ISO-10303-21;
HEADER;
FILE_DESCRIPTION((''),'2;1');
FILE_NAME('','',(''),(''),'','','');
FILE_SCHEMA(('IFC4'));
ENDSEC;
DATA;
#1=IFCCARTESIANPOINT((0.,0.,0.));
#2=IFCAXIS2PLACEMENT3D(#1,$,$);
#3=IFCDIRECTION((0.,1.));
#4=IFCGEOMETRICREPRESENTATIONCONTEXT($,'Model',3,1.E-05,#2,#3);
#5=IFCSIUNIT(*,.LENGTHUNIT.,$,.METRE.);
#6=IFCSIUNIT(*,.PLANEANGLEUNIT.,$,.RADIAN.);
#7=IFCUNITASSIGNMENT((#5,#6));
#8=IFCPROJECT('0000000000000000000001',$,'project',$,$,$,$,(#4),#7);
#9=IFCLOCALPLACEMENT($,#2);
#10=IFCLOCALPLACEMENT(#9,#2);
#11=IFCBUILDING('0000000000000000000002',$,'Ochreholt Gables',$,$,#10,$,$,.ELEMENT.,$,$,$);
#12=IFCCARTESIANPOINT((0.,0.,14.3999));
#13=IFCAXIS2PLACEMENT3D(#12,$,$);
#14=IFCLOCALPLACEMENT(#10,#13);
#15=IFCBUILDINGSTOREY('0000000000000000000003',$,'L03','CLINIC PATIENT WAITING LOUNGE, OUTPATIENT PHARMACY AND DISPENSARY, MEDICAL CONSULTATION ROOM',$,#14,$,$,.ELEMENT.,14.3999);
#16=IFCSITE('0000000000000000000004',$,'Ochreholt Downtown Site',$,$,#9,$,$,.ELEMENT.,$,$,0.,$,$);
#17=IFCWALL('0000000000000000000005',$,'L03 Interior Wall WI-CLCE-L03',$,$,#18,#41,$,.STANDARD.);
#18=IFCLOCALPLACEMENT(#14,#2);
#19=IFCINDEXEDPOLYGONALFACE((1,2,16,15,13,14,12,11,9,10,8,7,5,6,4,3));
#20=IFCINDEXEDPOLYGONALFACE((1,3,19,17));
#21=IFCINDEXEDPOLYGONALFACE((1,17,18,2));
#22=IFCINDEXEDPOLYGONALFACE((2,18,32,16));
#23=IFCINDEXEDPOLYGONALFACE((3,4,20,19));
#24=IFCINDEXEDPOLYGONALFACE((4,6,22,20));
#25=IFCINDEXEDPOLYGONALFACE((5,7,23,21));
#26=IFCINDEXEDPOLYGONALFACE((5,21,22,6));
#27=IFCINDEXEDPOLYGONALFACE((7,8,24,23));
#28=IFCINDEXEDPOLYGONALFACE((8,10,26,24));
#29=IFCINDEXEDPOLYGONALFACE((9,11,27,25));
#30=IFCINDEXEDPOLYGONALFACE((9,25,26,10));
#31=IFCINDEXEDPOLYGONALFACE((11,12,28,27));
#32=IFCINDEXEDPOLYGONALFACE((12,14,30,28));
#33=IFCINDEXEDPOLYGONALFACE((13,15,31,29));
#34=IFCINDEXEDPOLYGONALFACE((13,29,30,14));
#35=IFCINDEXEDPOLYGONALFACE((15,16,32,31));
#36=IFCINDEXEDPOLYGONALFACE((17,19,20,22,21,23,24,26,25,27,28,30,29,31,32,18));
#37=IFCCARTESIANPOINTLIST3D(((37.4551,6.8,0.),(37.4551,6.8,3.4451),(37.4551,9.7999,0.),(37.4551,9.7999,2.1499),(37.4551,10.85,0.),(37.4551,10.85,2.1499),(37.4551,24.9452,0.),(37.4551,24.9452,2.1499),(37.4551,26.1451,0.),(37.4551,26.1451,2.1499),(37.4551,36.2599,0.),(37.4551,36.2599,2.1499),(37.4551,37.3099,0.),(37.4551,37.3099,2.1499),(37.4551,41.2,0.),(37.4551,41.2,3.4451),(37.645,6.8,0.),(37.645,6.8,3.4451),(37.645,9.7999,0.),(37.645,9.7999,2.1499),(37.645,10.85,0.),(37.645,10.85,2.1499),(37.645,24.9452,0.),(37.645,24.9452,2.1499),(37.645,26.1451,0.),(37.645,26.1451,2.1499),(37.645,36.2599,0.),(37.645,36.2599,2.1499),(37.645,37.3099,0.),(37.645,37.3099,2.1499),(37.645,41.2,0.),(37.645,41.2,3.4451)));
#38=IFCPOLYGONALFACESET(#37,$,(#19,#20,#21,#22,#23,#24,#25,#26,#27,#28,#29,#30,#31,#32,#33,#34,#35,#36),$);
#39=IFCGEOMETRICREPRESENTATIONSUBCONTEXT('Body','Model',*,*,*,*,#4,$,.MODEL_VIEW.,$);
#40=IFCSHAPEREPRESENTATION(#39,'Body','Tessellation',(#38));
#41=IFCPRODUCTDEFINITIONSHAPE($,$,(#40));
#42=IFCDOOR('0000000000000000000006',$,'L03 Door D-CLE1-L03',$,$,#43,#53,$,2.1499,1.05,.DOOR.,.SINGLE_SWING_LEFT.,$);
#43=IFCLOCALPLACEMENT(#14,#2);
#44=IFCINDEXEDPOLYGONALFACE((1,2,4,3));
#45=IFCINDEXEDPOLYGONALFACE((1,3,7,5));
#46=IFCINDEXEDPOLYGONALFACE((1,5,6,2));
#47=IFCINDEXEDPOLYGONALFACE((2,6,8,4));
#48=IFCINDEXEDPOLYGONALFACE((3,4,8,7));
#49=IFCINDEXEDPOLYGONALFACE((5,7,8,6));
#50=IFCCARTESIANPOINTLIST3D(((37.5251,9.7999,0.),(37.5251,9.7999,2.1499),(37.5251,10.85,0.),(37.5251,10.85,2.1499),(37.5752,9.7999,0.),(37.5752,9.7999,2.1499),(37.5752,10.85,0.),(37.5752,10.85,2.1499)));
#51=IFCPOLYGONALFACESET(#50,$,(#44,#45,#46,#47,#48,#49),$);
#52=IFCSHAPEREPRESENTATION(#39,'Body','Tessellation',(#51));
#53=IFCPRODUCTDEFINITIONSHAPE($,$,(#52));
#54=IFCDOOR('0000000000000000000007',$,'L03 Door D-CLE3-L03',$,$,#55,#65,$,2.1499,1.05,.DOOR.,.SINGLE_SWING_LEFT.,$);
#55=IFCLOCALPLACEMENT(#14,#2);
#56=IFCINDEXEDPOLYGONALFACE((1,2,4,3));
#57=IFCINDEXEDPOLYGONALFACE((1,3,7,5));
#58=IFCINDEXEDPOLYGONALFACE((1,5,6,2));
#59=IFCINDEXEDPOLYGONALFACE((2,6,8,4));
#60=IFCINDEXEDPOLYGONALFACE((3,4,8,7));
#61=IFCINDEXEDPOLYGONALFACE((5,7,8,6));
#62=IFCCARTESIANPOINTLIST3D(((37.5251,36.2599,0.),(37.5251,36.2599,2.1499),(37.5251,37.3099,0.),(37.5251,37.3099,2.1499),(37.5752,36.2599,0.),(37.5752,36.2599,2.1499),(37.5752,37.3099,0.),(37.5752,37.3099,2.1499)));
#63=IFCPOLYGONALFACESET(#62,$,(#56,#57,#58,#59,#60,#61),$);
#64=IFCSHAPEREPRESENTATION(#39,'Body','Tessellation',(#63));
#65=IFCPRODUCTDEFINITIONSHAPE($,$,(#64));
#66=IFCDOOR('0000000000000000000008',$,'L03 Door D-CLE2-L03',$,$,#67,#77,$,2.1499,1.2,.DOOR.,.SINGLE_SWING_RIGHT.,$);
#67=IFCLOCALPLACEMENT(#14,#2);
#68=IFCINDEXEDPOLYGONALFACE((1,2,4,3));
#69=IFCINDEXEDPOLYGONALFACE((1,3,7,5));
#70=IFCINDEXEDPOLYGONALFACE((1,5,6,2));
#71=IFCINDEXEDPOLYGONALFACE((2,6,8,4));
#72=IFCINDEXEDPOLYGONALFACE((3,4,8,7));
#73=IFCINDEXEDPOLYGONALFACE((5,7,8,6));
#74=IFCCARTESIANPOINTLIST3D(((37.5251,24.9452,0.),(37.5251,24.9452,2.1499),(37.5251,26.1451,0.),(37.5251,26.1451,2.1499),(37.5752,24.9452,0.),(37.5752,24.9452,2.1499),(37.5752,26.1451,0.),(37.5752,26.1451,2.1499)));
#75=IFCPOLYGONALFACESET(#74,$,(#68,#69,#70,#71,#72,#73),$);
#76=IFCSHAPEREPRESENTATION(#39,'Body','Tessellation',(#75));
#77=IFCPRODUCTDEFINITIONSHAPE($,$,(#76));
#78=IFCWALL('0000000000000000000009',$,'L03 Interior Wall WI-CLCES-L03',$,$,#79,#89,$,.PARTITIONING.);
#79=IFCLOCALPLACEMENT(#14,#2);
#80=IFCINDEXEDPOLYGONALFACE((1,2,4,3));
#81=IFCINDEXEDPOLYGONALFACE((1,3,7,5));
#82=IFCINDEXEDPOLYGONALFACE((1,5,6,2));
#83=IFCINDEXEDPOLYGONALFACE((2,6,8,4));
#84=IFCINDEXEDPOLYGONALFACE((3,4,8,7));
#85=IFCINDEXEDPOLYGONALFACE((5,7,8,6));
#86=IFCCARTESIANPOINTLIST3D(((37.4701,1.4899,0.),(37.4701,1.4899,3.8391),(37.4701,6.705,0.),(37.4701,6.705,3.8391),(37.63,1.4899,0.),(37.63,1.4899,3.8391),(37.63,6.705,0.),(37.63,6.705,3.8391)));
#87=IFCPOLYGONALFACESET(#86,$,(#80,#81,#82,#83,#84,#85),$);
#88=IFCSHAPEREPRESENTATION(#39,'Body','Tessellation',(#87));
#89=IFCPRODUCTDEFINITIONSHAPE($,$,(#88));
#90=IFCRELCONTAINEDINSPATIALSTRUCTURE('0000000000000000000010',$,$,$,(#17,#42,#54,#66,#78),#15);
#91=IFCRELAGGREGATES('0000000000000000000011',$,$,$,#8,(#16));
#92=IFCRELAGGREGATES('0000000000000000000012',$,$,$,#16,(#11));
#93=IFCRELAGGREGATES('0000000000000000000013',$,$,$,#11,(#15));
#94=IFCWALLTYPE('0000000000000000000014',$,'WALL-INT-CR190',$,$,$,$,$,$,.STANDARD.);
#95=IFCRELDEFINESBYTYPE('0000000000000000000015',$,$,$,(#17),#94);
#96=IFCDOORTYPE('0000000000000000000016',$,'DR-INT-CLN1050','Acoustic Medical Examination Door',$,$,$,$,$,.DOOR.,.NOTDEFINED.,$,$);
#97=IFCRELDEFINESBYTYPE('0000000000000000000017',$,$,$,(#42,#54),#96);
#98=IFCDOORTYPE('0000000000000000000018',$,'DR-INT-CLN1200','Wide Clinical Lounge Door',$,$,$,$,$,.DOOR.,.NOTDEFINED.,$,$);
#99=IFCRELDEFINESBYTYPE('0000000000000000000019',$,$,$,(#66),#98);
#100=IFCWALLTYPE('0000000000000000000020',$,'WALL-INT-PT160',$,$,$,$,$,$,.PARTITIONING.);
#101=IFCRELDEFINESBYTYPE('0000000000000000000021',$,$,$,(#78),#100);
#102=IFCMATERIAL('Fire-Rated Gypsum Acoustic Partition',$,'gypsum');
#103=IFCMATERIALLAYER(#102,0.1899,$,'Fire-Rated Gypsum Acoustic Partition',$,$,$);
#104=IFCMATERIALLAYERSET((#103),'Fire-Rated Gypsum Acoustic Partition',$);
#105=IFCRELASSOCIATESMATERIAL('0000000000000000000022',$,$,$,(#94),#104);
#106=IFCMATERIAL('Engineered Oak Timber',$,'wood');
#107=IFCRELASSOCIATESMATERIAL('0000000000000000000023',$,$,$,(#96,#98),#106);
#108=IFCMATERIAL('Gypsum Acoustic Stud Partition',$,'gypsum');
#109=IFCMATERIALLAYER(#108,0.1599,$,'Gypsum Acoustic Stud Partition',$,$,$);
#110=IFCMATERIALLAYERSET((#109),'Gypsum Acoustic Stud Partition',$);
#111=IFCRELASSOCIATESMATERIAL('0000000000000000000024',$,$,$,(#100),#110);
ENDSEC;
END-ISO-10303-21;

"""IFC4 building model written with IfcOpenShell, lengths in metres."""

from ifc_helpers import new_model, si_unit, direction, frame, frame_2d, origin, place, context, subcontext, project, spatial, rectangle, extrude, material, layer, layer_set, type_object, element, fill, save


model = new_model("IFC4")

# Units and contexts
model_context = context("Model", 3, precision=1e-05, world=origin(), true_north=direction((0.0, 1.0)))
body_context = subcontext(model_context, "Body", "Model", "MODEL_VIEW")
ifc_project = project(units=[si_unit("LENGTHUNIT", "METRE"), si_unit("PLANEANGLEUNIT", "RADIAN")], contexts=[model_context])

# Site, building, storey
site_placement = place(None, origin())
site = spatial("IfcSite", under=ifc_project, at=site_placement, Name="Ochreholt Downtown Site", CompositionType="ELEMENT", RefElevation=0.0)
building_placement = place(site_placement, origin())
building = spatial("IfcBuilding", under=site, at=building_placement, Name="Ochreholt Gables", CompositionType="ELEMENT")
storey_placement = place(building_placement, frame((0.0, 0.0, 14.3999)))
storey = spatial("IfcBuildingStorey", under=building, at=storey_placement, Name="L03", Description="CLINIC PATIENT WAITING LOUNGE, OUTPATIENT PHARMACY AND DISPENSARY, MEDICAL CONSULTATION ROOM", CompositionType="ELEMENT", Elevation=14.3999)

# Wall, openings, doors
ifc_material_1 = material(Name="Fire-Rated Gypsum Acoustic Partition", Category="gypsum")
ifc_layer_1 = layer(ifc_material_1, 0.1899, Name="Fire-Rated Gypsum Acoustic Partition")
ifc_layer_set_1 = layer_set([ifc_layer_1], Name="Fire-Rated Gypsum Acoustic Partition")
wall_type_1 = type_object("IfcWallType", Name="WALL-INT-CR190", PredefinedType="STANDARD", material=ifc_layer_set_1)
wall_1_placement = place(storey_placement, frame((37.55, 6.8, 0.0), z_axis=(0.0, 0.0, 1.0), x_axis=(0.0, 1.0, 0.0)))
wall_1 = element("IfcWall", 1, at=wall_1_placement, inside=storey, type_object=wall_type_1, Name="L03 Interior Wall WI-CLCE-L03", PredefinedType="STANDARD", context=body_context, shape_type="SweptSolid", body=[
    extrude(rectangle(XDim=34.3999, YDim=0.1899, at=frame_2d((17.2, 0.0))), origin(), (0.0, 0.0, 1.0), 3.4451),
])
opening_1_placement = place(wall_1_placement, frame((3.0, 0.0, 0.0)))
opening_1 = element("IfcOpeningElement", 2, at=opening_1_placement, cuts=wall_1, PredefinedType="OPENING", context=body_context, shape_type="SweptSolid", body=[
    extrude(rectangle(XDim=1.05, YDim=2.1499, at=frame_2d((0.5249, 1.075))), frame((0.0, 0.105, 0.0), z_axis=(0.0, -1.0, 0.0), x_axis=(1.0, 0.0, 0.0)), (0.0, 0.0, 1.0), 0.21),
])
opening_2_placement = place(wall_1_placement, frame((18.145, 0.0, 0.0)))
opening_2 = element("IfcOpeningElement", 3, at=opening_2_placement, cuts=wall_1, PredefinedType="OPENING", context=body_context, shape_type="SweptSolid", body=[
    extrude(rectangle(XDim=1.2, YDim=2.1499, at=frame_2d((0.6001, 1.075))), frame((0.0, 0.105, 0.0), z_axis=(0.0, -1.0, 0.0), x_axis=(1.0, 0.0, 0.0)), (0.0, 0.0, 1.0), 0.21),
])
opening_3_placement = place(wall_1_placement, frame((29.46, 0.0, 0.0)))
opening_3 = element("IfcOpeningElement", 4, at=opening_3_placement, cuts=wall_1, PredefinedType="OPENING", context=body_context, shape_type="SweptSolid", body=[
    extrude(rectangle(XDim=1.05, YDim=2.1499, at=frame_2d((0.5249, 1.075))), frame((0.0, 0.105, 0.0), z_axis=(0.0, -1.0, 0.0), x_axis=(1.0, 0.0, 0.0)), (0.0, 0.0, 1.0), 0.21),
])
ifc_material_2 = material(Name="Engineered Oak Timber", Category="wood")
door_type_1 = type_object("IfcDoorType", Name="DR-INT-CLN1050", Description="Acoustic Medical Examination Door", OperationType="NOTDEFINED", PredefinedType="DOOR", material=ifc_material_2)
door_1_placement = place(opening_1_placement, origin())
door_1 = element("IfcDoor", 5, at=door_1_placement, inside=storey, type_object=door_type_1, Name="L03 Door D-CLE1-L03", OperationType="SINGLE_SWING_LEFT", OverallHeight=2.1499, OverallWidth=1.05, PredefinedType="DOOR", context=body_context, shape_type="SweptSolid", body=[
    extrude(rectangle(XDim=1.05, YDim=2.1499, at=frame_2d((0.5249, 1.075))), frame((0.0, 0.0249, 0.0), z_axis=(0.0, -1.0, 0.0), x_axis=(1.0, 0.0, 0.0)), (0.0, 0.0, 1.0), 0.05),
])
fill(opening_1, door_1)
door_2_placement = place(opening_3_placement, origin())
door_2 = element("IfcDoor", 6, at=door_2_placement, inside=storey, type_object=door_type_1, Name="L03 Door D-CLE3-L03", OperationType="SINGLE_SWING_LEFT", OverallHeight=2.1499, OverallWidth=1.05, PredefinedType="DOOR", context=body_context, shape_type="SweptSolid", body=[
    extrude(rectangle(XDim=1.05, YDim=2.1499, at=frame_2d((0.5249, 1.075))), frame((0.0, 0.0249, 0.0), z_axis=(0.0, -1.0, 0.0), x_axis=(1.0, 0.0, 0.0)), (0.0, 0.0, 1.0), 0.05),
])
fill(opening_3, door_2)
door_type_2 = type_object("IfcDoorType", Name="DR-INT-CLN1200", Description="Wide Clinical Lounge Door", OperationType="NOTDEFINED", PredefinedType="DOOR", material=ifc_material_2)
door_3_placement = place(opening_2_placement, origin())
door_3 = element("IfcDoor", 7, at=door_3_placement, inside=storey, type_object=door_type_2, Name="L03 Door D-CLE2-L03", OperationType="SINGLE_SWING_RIGHT", OverallHeight=2.1499, OverallWidth=1.2, PredefinedType="DOOR", context=body_context, shape_type="SweptSolid", body=[
    extrude(rectangle(XDim=1.2, YDim=2.1499, at=frame_2d((0.6001, 1.075))), frame((0.0, 0.0249, 0.0), z_axis=(0.0, -1.0, 0.0), x_axis=(1.0, 0.0, 0.0)), (0.0, 0.0, 1.0), 0.05),
])
fill(opening_2, door_3)

# Wall
ifc_material_3 = material(Name="Gypsum Acoustic Stud Partition", Category="gypsum")
ifc_layer_2 = layer(ifc_material_3, 0.1599, Name="Gypsum Acoustic Stud Partition")
ifc_layer_set_2 = layer_set([ifc_layer_2], Name="Gypsum Acoustic Stud Partition")
wall_type_2 = type_object("IfcWallType", Name="WALL-INT-PT160", PredefinedType="PARTITIONING", material=ifc_layer_set_2)
wall_2_placement = place(storey_placement, frame((37.55, 1.49, 0.0), z_axis=(0.0, 0.0, 1.0), x_axis=(0.0, 1.0, 0.0)))
element("IfcWall", 8, at=wall_2_placement, inside=storey, type_object=wall_type_2, Name="L03 Interior Wall WI-CLCES-L03", PredefinedType="PARTITIONING", context=body_context, shape_type="SweptSolid", body=[
    extrude(rectangle(XDim=5.2151, YDim=0.1599, at=frame_2d((2.6074, 0.0))), origin(), (0.0, 0.0, 1.0), 3.8391),
])

save(model, "model.ifc")
